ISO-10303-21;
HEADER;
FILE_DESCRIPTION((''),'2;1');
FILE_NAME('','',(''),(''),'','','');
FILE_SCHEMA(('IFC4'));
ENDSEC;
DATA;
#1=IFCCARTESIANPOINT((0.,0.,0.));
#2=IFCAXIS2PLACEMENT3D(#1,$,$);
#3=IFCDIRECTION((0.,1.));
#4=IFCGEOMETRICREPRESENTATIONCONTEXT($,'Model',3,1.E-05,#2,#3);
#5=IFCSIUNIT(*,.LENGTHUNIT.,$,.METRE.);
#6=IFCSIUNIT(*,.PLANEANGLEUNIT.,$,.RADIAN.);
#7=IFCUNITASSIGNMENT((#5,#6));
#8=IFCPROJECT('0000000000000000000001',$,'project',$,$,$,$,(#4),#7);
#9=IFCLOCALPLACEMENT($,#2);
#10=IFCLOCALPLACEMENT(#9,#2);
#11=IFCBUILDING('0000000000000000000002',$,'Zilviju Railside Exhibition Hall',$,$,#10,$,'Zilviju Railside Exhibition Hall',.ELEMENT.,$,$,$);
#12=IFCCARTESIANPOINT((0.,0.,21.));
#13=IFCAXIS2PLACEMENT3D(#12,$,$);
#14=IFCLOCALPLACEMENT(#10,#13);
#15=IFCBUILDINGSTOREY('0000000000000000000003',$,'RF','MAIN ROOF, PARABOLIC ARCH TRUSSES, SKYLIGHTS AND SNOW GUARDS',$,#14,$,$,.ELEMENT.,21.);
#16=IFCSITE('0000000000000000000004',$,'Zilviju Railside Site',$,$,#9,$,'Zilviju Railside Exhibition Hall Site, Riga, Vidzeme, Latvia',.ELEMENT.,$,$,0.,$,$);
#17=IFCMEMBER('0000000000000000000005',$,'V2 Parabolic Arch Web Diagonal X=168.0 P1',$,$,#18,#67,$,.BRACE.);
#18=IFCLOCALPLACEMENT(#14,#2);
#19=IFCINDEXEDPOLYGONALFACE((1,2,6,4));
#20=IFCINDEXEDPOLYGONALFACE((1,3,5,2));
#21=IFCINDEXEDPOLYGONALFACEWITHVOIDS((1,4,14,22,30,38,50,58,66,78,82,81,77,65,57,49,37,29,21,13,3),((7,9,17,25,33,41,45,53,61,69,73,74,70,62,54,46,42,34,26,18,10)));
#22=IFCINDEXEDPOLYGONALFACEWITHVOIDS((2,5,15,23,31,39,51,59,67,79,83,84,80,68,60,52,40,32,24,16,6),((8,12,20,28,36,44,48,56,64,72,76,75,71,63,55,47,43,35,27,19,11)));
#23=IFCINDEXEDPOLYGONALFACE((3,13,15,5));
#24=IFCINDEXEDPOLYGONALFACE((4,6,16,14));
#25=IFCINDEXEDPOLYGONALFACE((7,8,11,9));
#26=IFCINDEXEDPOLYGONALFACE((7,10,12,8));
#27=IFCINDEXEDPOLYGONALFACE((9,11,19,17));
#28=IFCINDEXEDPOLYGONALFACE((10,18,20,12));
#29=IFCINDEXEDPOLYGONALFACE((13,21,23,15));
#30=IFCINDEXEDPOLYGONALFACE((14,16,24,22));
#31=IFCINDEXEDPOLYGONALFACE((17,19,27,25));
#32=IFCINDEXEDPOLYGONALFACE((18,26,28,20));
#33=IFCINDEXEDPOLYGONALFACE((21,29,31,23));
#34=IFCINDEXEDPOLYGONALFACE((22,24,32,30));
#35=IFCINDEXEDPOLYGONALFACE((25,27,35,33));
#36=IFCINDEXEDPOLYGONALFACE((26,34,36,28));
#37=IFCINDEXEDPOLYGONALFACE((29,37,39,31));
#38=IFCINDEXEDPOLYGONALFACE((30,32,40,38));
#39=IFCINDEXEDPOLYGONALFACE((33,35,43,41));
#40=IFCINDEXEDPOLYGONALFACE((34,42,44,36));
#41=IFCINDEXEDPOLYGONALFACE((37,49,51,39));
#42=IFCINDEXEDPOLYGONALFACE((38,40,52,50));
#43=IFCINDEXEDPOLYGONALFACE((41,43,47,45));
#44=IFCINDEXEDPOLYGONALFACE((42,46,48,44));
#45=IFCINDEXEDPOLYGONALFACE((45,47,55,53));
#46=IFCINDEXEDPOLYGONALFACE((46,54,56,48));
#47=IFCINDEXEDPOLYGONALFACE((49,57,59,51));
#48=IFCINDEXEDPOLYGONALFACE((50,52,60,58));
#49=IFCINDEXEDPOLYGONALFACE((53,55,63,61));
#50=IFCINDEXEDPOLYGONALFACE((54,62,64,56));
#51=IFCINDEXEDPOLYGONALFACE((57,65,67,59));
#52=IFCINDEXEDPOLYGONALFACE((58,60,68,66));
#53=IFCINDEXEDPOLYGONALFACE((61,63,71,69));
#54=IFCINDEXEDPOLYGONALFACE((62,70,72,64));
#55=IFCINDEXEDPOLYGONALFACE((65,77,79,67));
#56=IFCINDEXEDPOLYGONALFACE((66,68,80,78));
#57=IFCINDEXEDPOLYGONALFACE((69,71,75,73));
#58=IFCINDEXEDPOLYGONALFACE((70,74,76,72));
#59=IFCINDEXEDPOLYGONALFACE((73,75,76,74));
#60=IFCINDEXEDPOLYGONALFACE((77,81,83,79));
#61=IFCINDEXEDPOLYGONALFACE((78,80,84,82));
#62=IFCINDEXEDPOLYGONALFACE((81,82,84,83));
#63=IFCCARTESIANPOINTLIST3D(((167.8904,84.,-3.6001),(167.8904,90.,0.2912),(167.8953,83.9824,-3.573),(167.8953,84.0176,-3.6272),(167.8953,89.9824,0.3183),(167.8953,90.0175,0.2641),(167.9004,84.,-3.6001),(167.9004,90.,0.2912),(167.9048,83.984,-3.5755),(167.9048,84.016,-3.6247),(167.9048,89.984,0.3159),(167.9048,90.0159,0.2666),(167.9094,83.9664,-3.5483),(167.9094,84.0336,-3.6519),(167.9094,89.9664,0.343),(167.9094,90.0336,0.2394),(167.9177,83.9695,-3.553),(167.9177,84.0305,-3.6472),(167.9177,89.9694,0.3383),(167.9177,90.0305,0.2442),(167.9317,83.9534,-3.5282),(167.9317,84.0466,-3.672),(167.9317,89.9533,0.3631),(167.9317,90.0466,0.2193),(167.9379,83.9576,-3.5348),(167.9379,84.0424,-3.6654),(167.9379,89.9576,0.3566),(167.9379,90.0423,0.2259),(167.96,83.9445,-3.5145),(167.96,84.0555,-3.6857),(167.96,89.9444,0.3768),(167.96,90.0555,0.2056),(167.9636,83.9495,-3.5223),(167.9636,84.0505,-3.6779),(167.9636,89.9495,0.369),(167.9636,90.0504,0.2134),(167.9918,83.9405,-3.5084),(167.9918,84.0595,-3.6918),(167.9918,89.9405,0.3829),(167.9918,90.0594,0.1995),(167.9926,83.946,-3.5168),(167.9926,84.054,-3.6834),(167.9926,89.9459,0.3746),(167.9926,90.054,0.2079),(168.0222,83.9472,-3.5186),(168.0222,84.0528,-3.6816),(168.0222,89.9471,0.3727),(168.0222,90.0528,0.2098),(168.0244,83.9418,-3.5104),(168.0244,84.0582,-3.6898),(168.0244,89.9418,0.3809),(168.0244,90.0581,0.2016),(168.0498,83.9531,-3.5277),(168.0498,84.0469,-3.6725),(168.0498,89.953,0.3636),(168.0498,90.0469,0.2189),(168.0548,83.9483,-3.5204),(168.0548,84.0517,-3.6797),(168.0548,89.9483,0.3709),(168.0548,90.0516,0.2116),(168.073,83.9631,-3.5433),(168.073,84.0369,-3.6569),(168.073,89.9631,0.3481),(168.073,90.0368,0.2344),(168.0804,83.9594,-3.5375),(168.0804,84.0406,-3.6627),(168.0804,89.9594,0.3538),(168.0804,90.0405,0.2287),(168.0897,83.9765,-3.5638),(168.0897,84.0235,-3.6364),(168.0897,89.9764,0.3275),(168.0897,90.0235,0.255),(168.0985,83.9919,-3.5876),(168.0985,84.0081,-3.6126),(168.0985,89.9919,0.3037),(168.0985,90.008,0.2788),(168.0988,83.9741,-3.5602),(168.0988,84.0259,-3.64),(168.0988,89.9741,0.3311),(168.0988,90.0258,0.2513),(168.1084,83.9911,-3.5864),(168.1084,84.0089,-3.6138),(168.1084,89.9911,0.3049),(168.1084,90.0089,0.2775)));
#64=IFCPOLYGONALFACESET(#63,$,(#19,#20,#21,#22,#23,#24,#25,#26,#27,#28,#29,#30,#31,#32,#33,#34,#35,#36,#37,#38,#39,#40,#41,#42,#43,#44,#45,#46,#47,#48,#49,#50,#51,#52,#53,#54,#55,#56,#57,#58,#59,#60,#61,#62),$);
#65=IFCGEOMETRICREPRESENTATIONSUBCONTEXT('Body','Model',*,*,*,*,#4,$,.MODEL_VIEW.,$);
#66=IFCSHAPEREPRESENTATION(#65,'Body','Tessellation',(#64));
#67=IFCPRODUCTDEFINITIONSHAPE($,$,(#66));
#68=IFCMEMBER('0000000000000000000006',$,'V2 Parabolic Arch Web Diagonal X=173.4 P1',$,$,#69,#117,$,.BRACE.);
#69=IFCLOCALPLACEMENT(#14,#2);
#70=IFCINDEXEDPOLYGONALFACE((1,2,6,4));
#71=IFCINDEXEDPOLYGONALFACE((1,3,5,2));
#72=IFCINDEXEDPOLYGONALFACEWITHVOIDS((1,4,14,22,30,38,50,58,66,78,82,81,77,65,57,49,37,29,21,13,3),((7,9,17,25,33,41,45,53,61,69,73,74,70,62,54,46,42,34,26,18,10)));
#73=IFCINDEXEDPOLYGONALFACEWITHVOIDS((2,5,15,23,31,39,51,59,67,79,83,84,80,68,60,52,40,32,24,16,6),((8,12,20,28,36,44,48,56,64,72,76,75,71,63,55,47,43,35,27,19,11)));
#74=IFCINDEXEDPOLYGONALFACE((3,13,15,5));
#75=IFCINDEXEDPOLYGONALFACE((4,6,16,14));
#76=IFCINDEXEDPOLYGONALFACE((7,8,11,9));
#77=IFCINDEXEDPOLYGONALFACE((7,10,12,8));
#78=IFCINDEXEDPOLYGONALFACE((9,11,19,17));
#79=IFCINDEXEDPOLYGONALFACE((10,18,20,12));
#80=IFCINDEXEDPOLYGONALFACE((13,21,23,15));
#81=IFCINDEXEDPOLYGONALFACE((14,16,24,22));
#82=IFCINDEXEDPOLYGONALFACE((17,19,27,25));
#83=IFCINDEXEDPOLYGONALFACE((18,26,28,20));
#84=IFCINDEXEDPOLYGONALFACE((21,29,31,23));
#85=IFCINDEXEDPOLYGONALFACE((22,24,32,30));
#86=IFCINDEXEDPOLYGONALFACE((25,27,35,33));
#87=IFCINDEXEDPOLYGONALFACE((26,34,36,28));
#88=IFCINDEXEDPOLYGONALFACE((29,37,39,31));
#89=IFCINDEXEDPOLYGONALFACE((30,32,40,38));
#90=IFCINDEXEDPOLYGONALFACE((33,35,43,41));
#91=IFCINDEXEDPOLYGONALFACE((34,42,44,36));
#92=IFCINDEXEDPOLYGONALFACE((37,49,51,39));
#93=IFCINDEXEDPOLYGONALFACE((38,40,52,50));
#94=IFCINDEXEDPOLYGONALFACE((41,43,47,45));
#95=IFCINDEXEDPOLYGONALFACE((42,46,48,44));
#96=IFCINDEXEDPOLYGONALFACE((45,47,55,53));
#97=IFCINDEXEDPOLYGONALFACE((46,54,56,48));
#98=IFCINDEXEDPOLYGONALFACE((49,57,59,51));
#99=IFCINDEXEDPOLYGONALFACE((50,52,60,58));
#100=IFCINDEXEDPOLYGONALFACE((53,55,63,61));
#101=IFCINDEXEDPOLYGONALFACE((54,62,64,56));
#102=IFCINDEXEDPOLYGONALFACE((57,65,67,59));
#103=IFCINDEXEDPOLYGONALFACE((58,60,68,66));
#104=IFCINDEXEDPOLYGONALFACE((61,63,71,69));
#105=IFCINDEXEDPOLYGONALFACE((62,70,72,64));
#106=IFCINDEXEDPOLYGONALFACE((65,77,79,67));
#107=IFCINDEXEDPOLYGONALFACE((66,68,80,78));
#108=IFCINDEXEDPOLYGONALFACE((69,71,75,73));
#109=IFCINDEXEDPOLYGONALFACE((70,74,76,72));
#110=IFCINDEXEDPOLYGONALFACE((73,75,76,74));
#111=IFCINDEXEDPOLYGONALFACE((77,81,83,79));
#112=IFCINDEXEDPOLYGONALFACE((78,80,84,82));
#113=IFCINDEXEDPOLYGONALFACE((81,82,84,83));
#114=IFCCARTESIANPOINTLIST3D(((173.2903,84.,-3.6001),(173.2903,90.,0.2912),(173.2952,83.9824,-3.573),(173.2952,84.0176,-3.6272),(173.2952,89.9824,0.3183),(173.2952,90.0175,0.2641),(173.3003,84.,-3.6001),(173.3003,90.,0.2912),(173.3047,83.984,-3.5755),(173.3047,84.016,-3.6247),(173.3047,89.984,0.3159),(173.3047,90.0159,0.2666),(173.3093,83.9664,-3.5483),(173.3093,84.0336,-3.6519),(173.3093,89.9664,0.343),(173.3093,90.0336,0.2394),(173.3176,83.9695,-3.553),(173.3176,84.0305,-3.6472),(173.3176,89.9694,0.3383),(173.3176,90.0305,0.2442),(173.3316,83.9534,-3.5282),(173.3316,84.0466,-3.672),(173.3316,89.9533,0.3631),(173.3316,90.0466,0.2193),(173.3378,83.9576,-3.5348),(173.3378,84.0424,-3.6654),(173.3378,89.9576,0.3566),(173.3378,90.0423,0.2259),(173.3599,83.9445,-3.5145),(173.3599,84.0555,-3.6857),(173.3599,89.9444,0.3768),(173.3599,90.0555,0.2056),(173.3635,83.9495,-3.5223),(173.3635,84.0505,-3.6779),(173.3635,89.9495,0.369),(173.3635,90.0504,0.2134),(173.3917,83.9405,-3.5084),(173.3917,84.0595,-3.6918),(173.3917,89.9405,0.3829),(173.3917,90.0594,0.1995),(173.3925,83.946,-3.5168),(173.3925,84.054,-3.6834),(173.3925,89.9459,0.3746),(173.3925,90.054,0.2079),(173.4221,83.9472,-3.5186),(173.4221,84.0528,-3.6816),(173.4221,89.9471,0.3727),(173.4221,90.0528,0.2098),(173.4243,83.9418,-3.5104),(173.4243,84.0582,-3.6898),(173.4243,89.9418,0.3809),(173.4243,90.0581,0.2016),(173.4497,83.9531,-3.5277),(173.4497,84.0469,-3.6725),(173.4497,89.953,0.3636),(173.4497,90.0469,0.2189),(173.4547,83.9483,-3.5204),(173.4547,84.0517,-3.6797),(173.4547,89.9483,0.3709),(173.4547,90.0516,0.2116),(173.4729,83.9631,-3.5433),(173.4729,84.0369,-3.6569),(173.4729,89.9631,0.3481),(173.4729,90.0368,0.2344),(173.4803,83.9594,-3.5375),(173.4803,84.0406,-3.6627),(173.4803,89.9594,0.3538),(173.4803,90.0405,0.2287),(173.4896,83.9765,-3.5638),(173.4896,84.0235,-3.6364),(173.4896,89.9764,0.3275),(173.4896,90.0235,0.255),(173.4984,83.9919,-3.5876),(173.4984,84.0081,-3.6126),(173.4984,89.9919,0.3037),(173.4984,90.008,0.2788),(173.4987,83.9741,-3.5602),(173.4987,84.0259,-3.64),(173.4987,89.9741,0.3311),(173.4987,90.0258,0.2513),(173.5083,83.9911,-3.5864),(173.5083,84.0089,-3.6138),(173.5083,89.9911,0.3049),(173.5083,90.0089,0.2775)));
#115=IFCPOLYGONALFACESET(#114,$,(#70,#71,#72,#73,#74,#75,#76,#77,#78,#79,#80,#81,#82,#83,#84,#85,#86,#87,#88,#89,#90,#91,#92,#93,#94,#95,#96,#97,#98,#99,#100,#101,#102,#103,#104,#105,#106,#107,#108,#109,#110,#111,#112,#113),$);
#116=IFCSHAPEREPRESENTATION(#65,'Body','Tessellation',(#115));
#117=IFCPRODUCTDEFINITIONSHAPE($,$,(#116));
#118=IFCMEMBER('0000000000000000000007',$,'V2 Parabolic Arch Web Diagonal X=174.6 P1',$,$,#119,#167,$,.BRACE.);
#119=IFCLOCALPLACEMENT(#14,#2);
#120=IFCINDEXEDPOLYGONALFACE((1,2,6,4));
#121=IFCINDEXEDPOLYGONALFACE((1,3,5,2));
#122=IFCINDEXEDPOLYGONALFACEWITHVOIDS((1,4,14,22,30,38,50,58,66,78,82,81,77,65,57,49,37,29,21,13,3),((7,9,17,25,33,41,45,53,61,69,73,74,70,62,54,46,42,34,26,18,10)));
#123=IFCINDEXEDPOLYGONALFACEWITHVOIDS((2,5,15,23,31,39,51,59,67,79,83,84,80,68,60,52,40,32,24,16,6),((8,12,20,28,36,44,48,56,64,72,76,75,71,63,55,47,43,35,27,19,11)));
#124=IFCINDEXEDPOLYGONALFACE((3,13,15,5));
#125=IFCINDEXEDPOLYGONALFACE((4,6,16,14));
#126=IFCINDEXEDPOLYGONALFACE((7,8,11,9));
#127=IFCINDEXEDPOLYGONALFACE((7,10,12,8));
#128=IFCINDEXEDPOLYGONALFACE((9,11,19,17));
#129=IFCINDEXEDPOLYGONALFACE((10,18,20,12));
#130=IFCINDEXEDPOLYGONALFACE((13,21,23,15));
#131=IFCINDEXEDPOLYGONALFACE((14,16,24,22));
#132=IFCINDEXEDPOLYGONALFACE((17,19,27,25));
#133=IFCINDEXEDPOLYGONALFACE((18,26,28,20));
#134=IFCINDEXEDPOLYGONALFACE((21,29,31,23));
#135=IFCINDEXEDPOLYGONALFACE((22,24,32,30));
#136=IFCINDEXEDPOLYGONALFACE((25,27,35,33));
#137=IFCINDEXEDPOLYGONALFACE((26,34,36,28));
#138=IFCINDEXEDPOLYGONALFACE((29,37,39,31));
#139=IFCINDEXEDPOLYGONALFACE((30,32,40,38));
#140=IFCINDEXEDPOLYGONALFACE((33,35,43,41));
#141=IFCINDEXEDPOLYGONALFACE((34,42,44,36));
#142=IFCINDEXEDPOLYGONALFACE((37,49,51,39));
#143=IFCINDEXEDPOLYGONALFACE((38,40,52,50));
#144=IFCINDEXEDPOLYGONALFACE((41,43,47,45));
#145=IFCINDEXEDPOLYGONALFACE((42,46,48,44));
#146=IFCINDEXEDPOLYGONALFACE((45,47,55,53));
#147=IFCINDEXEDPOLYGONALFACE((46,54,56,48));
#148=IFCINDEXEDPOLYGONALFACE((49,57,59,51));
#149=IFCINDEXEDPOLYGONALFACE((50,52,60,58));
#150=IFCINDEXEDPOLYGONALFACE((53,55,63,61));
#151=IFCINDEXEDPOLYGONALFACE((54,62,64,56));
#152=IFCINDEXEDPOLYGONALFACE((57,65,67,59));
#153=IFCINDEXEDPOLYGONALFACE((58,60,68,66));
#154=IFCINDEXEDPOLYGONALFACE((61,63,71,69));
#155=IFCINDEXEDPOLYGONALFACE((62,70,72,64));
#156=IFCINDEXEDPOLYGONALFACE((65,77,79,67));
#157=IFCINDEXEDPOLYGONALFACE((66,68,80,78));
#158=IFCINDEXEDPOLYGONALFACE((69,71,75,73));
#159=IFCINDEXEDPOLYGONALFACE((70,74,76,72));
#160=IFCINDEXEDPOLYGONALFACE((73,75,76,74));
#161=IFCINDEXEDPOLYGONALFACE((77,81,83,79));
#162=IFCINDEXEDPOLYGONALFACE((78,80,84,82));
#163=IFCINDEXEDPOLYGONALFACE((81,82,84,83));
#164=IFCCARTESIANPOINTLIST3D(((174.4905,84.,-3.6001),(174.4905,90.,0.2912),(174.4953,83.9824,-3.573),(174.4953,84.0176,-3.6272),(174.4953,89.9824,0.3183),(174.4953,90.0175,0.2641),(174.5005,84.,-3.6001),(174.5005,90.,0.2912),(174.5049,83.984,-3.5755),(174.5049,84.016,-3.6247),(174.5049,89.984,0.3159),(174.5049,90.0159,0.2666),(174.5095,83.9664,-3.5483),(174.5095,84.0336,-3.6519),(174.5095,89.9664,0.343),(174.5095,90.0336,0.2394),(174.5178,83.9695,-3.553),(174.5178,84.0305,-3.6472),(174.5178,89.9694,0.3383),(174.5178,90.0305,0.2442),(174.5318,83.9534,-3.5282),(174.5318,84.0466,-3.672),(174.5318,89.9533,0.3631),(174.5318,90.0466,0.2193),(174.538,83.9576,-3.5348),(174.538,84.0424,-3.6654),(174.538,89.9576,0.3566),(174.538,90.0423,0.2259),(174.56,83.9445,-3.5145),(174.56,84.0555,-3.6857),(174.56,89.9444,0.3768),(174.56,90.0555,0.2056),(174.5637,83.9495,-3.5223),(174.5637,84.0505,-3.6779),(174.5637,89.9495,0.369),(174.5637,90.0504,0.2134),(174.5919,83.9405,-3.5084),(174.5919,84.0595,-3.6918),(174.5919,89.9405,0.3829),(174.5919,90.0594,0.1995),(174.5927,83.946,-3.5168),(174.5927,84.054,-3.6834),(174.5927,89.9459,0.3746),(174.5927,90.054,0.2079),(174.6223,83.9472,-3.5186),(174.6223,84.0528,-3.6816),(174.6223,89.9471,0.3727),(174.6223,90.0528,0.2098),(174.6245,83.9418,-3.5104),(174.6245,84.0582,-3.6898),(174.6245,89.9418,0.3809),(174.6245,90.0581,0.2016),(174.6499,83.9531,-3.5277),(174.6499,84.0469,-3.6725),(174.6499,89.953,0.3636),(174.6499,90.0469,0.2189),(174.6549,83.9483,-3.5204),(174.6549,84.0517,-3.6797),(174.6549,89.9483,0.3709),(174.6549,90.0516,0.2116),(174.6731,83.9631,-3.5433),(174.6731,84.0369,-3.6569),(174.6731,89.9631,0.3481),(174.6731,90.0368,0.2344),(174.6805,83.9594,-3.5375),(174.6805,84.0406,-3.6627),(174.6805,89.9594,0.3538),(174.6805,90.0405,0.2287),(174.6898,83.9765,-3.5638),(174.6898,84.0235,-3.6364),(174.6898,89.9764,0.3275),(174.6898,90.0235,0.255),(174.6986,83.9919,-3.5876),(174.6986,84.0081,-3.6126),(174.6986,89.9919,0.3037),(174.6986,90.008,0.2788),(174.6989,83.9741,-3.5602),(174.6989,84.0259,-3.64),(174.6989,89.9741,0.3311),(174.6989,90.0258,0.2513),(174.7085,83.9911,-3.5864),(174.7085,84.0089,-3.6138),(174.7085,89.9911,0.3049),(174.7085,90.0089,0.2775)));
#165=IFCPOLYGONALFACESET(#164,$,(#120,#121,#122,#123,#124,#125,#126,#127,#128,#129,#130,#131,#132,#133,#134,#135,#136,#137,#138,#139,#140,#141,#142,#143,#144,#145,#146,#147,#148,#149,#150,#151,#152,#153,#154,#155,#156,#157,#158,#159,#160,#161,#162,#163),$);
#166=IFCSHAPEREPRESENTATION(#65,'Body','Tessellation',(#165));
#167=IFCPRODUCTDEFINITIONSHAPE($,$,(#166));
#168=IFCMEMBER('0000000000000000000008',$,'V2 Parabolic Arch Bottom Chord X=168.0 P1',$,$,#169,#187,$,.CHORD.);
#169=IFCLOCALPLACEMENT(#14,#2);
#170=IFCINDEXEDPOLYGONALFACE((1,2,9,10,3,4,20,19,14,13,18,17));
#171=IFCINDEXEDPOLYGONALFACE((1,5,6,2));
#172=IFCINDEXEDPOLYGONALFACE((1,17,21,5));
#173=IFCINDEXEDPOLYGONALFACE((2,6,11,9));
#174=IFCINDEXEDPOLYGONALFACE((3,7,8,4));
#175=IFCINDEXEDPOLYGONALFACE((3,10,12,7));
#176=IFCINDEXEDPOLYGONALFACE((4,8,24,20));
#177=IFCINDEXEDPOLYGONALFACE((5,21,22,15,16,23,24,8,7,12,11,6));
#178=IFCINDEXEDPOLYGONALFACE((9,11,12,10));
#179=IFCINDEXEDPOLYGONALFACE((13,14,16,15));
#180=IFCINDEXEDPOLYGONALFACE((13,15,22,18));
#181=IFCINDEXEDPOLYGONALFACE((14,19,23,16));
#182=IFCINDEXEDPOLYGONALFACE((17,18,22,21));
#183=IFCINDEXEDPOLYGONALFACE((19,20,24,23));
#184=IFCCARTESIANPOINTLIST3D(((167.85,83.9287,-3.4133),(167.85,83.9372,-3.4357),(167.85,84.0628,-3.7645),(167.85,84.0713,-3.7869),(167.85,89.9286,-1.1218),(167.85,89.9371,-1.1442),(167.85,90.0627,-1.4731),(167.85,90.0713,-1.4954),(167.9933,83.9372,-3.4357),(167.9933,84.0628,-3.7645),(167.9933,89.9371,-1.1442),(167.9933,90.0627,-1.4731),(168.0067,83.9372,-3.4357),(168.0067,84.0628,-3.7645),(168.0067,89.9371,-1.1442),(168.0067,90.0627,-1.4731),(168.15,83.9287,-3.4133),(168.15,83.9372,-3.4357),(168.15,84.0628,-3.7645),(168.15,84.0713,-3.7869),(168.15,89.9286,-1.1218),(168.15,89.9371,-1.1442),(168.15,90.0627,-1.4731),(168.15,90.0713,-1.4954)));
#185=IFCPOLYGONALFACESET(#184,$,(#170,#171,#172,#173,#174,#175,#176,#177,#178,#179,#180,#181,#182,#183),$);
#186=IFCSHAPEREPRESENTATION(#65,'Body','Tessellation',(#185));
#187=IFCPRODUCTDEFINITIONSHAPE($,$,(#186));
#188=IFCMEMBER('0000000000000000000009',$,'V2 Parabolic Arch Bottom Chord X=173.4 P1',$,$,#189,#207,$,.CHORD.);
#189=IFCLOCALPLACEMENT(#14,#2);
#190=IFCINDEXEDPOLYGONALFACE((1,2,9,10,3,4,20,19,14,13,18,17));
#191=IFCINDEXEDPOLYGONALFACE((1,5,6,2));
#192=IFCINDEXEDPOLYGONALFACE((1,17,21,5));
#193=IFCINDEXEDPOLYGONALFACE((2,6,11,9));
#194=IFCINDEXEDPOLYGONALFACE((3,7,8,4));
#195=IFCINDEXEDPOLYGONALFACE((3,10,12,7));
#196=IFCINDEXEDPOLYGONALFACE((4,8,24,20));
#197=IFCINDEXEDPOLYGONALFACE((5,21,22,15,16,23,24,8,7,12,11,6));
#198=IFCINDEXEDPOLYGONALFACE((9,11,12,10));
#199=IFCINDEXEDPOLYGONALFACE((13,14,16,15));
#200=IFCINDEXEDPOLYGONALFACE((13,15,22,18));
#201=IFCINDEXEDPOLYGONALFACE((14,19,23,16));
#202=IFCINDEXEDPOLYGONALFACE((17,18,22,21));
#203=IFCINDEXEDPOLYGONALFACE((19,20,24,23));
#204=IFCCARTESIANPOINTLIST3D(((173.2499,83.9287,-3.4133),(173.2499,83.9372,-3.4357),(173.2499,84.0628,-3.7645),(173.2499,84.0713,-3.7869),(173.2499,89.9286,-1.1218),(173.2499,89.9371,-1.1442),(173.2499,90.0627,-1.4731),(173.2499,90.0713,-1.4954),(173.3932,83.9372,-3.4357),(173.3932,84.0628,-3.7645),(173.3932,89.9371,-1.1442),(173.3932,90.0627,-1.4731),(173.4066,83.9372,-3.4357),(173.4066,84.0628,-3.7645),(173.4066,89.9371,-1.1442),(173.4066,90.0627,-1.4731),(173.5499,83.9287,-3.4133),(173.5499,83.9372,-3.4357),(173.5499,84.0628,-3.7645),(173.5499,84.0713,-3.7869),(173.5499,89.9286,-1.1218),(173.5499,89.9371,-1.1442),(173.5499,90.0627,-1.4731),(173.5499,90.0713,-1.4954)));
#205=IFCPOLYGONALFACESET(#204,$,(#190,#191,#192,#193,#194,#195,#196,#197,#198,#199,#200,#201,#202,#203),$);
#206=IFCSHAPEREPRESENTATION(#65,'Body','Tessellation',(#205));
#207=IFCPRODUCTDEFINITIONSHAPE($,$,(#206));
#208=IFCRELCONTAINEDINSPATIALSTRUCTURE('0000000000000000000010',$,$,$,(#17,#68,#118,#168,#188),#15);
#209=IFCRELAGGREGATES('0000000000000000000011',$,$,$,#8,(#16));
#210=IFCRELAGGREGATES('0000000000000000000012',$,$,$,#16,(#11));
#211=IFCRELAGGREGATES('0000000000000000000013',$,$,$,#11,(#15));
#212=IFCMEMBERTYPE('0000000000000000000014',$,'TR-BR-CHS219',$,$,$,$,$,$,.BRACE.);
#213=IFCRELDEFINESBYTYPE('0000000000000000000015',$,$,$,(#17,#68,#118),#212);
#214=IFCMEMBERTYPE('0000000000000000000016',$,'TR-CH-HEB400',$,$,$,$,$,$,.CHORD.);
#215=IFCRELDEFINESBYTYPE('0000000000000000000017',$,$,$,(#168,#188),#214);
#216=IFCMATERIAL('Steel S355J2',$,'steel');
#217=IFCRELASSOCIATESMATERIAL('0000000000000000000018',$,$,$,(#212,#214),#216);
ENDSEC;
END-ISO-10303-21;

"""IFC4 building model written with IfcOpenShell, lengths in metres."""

from ifc_helpers import new_model, si_unit, direction, frame, origin, origin_2d, place, context, subcontext, project, spatial, hollow_circle, i_section, extrude, material, material_profile, profile_set, type_object, element, save


model = new_model("IFC4")

# Units and contexts
model_context = context("Model", 3, precision=1e-05, world=origin(), true_north=direction((0.0, 1.0)))
body_context = subcontext(model_context, "Body", "Model", "MODEL_VIEW")
ifc_project = project(units=[si_unit("LENGTHUNIT", "METRE"), si_unit("PLANEANGLEUNIT", "RADIAN")], contexts=[model_context])

# Site, building, storey
site_placement = place(None, origin())
site = spatial("IfcSite", under=ifc_project, at=site_placement, Name="Zilviju Railside Site", LongName="Zilviju Railside Exhibition Hall Site, Riga, Vidzeme, Latvia", CompositionType="ELEMENT", RefElevation=0.0)
building_placement = place(site_placement, origin())
building = spatial("IfcBuilding", under=site, at=building_placement, Name="Zilviju Railside Exhibition Hall", LongName="Zilviju Railside Exhibition Hall", CompositionType="ELEMENT")
storey_placement = place(building_placement, frame((0.0, 0.0, 21.0)))
storey = spatial("IfcBuildingStorey", under=building, at=storey_placement, Name="RF", Description="MAIN ROOF, PARABOLIC ARCH TRUSSES, SKYLIGHTS AND SNOW GUARDS", CompositionType="ELEMENT", Elevation=21.0)

# Members
ifc_material_1 = material(Name="Steel S355J2", Category="steel")
ifc_material_profile_1 = material_profile(ifc_material_1, hollow_circle(Radius=0.1096, WallThickness=0.01, at=origin_2d()), Name="CHS 219.1x10.0")
ifc_profile_set_1 = profile_set([ifc_material_profile_1], Name="Steel S355J2")
member_type_1 = type_object("IfcMemberType", Name="TR-BR-CHS219", PredefinedType="BRACE", material=ifc_profile_set_1)
for number, where, z_axis, x_axis, name in (
    (1, (168.0, 84.0, -3.6001), (0.0, 0.838995, 0.544139), (-1.0, 0.0, 0.0), "V2 Parabolic Arch Web Diagonal X=168.0 P1"),
    (2, (173.3999, 84.0, -3.6001), (0.0, 0.838995, 0.544139), (-1.0, 0.0, 0.0), "V2 Parabolic Arch Web Diagonal X=173.4 P1"),
    (3, (174.6001, 84.0, -3.6001), (0.0, 0.838995, 0.544139), (-1.0, 0.0, 0.0), "V2 Parabolic Arch Web Diagonal X=174.6 P1"),
):
    element("IfcMember", number, at=place(storey_placement, frame(where, z_axis=z_axis, x_axis=x_axis)), inside=storey, type_object=member_type_1, Name=name, PredefinedType="BRACE", context=body_context, shape_type="SweptSolid", body=[
        extrude(hollow_circle(Radius=0.1096, WallThickness=0.01, at=origin_2d()), origin(), (0.0, 0.0, 1.0), 7.1514),
    ])
ifc_material_profile_2 = material_profile(ifc_material_1, i_section(OverallWidth=0.3, OverallDepth=0.3999, WebThickness=0.0134, FlangeThickness=0.0239, at=origin_2d()), Name="HEB 400")
ifc_profile_set_2 = profile_set([ifc_material_profile_2], Name="Steel S355J2")
member_type_2 = type_object("IfcMemberType", Name="TR-CH-HEB400", PredefinedType="CHORD", material=ifc_profile_set_2)
for number, where, z_axis, x_axis, name in (
    (4, (168.0, 84.0, -3.6001), (0.0, 0.934188, 0.356782), (-1.0, 0.0, 0.0), "V2 Parabolic Arch Bottom Chord X=168.0 P1"),
    (5, (173.3999, 84.0, -3.6001), (0.0, 0.934188, 0.356782), (-1.0, 0.0, 0.0), "V2 Parabolic Arch Bottom Chord X=173.4 P1"),
):
    element("IfcMember", number, at=place(storey_placement, frame(where, z_axis=z_axis, x_axis=x_axis)), inside=storey, type_object=member_type_2, Name=name, PredefinedType="CHORD", context=body_context, shape_type="SweptSolid", body=[
        extrude(i_section(OverallWidth=0.3, OverallDepth=0.3999, WebThickness=0.0134, FlangeThickness=0.0239, at=origin_2d()), origin(), (0.0, 0.0, 1.0), 6.4226),
    ])

save(model, "model.ifc")
